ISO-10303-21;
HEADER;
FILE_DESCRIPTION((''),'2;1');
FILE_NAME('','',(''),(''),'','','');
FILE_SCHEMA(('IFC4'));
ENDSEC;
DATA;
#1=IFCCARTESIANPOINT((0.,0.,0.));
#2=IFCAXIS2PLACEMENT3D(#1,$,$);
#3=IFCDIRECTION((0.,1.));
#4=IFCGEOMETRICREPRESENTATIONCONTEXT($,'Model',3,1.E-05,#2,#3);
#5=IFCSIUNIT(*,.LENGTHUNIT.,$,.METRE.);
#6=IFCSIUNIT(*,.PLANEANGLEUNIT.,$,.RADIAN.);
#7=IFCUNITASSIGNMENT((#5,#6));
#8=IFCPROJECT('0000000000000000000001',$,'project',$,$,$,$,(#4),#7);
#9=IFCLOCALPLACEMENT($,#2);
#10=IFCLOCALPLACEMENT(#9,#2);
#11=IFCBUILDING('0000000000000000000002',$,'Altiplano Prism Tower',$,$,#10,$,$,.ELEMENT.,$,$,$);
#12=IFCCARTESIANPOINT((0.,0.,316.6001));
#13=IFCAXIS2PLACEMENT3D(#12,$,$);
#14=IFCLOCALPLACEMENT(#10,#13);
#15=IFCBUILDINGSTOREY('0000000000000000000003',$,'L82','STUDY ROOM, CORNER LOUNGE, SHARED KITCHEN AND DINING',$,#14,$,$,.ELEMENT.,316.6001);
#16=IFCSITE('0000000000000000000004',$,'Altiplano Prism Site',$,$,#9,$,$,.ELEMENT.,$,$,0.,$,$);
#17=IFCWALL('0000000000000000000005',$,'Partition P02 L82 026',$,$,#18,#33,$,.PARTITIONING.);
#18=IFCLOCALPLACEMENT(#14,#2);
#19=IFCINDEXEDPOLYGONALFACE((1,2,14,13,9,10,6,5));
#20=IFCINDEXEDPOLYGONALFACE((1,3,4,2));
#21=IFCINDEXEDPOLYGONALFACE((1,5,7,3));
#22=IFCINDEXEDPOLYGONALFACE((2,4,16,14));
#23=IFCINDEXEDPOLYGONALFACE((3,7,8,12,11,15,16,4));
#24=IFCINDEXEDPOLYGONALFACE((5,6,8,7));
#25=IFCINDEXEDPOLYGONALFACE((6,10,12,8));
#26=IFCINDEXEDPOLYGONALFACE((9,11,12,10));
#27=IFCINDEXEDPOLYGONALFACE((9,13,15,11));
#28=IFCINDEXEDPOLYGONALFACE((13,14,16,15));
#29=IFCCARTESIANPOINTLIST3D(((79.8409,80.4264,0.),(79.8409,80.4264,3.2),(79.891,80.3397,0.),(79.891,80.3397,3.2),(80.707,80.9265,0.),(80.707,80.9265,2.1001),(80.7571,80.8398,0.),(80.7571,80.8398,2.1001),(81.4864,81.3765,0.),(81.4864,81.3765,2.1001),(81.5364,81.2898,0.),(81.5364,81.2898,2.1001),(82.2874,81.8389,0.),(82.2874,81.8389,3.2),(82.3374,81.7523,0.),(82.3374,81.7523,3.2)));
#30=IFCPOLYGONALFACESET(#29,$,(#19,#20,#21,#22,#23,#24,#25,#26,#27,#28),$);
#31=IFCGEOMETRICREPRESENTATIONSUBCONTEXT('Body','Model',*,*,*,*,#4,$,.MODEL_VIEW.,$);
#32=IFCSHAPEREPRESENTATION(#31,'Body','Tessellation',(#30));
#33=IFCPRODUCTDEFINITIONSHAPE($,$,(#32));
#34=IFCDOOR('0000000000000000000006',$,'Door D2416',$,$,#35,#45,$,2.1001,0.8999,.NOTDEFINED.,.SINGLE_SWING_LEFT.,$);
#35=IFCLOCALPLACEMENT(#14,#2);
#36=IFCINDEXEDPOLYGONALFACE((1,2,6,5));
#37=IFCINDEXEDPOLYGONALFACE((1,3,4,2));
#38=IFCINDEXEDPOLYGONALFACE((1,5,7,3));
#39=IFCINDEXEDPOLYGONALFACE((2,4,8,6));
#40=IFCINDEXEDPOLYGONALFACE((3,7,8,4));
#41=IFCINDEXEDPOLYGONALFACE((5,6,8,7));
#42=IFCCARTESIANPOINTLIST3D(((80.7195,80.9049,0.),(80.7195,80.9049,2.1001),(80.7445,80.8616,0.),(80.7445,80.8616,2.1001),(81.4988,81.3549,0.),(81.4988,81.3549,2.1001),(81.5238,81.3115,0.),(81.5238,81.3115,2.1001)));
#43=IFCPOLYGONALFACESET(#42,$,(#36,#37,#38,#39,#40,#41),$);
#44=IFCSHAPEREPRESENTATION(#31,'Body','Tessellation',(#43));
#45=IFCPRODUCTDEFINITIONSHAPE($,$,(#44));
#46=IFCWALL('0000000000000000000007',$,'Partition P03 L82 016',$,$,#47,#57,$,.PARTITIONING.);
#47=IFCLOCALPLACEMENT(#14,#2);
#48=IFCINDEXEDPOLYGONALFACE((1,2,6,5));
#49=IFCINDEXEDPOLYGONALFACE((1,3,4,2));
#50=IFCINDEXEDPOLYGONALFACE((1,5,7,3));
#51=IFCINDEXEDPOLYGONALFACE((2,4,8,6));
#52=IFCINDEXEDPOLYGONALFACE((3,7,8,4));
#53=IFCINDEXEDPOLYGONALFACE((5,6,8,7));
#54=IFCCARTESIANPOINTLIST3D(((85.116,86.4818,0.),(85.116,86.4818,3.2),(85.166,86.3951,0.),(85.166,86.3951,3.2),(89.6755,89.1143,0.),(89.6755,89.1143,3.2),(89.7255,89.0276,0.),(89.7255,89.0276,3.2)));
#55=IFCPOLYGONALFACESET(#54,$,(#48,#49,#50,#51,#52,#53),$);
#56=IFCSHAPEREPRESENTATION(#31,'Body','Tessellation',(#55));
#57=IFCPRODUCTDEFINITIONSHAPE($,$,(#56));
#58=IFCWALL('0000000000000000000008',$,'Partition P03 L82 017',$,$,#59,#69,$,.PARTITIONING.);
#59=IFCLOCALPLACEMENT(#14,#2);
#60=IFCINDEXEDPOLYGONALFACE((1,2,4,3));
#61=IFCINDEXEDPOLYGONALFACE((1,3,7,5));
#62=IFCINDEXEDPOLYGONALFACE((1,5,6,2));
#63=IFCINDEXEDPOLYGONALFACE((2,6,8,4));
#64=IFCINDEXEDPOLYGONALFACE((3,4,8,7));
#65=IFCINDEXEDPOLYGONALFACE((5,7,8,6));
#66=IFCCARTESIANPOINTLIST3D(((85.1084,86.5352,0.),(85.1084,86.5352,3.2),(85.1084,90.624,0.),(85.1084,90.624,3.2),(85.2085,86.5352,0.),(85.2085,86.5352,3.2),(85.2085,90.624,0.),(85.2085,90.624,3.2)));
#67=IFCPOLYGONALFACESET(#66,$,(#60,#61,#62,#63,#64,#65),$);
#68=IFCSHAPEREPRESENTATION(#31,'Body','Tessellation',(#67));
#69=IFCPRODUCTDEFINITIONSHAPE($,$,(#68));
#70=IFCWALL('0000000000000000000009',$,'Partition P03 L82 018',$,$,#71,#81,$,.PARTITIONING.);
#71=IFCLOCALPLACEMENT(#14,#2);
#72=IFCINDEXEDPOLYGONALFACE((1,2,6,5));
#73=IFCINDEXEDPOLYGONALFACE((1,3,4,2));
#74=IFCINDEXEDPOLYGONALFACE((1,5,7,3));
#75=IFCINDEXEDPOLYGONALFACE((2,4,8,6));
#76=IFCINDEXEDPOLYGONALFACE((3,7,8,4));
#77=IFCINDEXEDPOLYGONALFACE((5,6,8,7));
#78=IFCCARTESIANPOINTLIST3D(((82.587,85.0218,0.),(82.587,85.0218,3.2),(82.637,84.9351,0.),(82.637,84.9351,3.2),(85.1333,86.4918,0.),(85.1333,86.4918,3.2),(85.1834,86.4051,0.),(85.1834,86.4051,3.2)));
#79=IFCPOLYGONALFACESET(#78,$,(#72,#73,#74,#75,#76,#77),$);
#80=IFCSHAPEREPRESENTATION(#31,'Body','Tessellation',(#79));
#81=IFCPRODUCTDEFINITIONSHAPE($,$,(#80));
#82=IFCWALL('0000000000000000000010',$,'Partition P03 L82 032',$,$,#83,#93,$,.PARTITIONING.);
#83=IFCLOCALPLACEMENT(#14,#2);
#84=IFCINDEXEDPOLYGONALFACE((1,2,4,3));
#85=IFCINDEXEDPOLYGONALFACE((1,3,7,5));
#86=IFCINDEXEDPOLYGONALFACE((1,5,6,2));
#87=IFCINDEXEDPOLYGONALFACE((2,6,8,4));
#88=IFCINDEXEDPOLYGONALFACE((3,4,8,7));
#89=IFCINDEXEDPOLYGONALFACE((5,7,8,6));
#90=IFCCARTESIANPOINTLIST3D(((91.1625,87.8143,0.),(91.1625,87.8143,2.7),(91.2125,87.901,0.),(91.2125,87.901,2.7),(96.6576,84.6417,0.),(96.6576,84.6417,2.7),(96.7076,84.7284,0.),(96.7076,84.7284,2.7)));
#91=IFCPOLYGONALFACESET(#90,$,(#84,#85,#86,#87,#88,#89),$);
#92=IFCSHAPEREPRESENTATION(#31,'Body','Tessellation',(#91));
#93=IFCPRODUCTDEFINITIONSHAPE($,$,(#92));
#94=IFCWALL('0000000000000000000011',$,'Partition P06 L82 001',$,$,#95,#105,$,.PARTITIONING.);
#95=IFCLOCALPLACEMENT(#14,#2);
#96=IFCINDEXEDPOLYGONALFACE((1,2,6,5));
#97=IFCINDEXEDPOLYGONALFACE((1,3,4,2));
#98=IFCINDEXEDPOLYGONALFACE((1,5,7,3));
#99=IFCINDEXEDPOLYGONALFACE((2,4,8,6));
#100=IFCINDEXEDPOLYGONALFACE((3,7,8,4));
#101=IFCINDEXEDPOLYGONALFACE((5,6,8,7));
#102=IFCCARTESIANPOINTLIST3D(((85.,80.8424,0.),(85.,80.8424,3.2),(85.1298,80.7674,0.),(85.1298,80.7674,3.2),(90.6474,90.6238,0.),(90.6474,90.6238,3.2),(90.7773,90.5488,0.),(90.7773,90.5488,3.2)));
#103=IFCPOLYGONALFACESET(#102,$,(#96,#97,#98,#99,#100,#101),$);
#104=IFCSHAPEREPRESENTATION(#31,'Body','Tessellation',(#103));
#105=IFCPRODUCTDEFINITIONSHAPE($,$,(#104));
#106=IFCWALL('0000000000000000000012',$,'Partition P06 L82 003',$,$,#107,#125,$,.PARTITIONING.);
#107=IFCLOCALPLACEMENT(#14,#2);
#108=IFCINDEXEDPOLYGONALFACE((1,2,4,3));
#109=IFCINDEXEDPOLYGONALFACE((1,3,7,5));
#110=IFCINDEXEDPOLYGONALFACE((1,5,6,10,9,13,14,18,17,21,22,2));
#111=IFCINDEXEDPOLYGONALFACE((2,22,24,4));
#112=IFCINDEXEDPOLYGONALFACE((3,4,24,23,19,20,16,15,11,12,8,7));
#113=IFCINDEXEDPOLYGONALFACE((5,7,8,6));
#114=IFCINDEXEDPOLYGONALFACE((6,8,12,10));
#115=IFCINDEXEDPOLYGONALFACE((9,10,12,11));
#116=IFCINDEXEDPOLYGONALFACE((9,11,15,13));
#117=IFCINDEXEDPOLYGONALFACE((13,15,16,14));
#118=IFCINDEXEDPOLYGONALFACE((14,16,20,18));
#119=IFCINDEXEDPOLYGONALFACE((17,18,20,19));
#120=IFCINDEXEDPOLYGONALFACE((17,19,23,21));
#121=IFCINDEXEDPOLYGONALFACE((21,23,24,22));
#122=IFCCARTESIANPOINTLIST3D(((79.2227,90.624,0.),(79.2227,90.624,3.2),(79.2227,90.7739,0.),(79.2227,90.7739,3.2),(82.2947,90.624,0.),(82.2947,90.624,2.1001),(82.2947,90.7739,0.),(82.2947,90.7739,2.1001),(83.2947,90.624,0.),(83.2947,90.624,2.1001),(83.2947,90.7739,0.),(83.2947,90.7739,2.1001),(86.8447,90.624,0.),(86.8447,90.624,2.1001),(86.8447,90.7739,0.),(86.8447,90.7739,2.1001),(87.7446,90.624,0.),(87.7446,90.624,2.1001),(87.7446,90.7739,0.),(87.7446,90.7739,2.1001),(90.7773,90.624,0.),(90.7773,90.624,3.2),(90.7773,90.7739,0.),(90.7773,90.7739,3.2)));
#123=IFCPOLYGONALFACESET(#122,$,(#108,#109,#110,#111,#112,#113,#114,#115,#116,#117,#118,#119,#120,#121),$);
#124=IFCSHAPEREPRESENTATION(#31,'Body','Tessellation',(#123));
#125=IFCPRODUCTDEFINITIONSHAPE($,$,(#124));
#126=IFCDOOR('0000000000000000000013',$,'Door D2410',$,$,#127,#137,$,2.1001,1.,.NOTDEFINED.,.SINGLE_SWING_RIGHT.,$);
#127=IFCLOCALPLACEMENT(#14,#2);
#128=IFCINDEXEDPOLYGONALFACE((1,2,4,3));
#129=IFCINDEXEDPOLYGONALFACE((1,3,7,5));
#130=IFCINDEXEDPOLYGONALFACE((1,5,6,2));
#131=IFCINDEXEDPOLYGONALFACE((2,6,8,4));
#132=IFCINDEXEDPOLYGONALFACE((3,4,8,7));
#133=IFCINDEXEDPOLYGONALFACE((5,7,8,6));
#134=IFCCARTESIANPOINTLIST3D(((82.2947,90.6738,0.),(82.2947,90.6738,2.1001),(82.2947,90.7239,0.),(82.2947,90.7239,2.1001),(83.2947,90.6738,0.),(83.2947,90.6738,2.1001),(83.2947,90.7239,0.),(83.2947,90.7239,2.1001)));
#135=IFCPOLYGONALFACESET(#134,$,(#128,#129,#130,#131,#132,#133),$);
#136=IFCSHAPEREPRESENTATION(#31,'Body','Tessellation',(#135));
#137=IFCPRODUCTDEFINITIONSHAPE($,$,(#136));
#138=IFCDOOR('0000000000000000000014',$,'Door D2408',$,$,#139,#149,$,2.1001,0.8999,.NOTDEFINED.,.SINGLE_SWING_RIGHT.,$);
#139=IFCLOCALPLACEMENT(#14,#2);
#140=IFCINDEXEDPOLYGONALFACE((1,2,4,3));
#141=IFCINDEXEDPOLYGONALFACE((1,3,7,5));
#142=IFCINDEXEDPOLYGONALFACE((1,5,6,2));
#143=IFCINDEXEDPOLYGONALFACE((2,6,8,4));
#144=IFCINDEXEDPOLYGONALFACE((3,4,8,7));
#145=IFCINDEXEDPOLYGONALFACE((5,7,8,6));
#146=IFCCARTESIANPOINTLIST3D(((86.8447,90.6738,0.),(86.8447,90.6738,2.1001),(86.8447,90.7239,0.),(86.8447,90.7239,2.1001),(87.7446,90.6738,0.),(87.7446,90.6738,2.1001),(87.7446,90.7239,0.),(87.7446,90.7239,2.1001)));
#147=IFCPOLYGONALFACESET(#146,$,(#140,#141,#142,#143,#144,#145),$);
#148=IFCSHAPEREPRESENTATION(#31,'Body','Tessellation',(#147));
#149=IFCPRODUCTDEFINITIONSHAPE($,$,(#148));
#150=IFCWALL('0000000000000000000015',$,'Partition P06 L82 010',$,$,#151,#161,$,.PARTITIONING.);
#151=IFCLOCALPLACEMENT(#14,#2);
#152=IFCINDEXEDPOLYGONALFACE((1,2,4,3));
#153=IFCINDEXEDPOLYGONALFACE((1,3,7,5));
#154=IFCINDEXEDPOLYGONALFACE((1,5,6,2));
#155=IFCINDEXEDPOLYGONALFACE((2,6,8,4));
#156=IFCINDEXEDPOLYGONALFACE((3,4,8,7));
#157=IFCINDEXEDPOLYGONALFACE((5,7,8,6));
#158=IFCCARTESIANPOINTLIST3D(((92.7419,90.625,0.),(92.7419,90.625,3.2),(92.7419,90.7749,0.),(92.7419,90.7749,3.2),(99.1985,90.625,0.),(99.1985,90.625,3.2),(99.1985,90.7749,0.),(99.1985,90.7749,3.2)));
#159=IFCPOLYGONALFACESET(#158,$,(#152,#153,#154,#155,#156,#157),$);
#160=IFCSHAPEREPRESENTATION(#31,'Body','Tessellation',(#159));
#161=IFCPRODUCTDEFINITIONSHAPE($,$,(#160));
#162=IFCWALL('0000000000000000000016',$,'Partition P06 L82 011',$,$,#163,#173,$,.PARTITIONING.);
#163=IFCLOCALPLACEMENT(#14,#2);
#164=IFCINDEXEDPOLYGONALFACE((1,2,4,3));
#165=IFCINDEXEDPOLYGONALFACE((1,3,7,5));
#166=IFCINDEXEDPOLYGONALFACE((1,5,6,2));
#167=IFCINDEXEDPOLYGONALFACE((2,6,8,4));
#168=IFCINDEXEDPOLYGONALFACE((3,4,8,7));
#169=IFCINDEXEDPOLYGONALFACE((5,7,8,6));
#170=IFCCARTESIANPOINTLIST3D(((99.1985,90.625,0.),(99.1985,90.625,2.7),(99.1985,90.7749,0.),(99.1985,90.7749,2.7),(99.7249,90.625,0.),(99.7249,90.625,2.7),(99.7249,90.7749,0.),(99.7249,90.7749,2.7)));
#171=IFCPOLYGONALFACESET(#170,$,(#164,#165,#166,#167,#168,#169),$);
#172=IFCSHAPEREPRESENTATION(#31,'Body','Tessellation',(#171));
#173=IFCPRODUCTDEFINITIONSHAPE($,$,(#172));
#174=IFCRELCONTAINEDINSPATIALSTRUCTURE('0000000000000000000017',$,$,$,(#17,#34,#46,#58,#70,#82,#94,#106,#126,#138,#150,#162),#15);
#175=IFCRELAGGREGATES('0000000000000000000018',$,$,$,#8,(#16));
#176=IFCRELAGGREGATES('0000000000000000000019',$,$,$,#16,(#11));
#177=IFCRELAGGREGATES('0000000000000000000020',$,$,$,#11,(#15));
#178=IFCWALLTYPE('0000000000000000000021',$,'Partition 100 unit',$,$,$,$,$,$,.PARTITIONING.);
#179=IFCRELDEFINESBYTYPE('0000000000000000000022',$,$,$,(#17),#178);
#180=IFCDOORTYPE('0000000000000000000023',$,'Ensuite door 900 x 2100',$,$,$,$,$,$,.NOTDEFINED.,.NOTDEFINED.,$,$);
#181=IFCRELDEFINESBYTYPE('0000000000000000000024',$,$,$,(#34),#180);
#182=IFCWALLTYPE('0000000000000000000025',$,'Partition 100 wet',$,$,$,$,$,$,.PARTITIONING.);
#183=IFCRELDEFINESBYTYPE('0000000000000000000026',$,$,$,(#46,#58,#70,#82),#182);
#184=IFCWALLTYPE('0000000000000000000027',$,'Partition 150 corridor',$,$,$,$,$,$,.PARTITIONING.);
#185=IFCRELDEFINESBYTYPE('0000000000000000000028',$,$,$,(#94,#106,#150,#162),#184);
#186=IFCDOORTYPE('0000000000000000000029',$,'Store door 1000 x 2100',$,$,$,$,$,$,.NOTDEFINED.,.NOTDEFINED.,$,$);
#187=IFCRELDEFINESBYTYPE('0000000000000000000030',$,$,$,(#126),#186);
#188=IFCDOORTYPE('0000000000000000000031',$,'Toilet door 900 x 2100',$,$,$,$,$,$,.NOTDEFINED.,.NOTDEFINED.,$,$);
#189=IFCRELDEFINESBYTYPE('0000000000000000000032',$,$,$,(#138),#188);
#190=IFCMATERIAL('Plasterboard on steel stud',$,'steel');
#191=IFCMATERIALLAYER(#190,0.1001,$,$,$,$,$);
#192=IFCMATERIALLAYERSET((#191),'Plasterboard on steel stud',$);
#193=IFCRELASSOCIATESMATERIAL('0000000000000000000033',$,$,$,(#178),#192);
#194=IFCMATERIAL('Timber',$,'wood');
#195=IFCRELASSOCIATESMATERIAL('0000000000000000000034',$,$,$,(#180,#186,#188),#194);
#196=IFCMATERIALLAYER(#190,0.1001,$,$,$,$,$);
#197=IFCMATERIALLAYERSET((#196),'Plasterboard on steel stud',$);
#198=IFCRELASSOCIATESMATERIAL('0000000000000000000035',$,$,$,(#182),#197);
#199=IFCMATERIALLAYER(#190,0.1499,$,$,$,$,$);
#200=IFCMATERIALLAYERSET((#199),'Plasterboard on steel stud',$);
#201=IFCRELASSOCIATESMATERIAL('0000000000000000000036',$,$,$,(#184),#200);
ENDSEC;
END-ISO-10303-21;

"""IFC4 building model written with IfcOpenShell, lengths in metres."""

from ifc_helpers import new_model, si_unit, direction, frame, frame_2d, origin, place, context, subcontext, project, spatial, rectangle, extrude, material, layer, layer_set, type_object, element, fill, save


model = new_model("IFC4")

# Units and contexts
model_context = context("Model", 3, precision=1e-05, world=origin(), true_north=direction((0.0, 1.0)))
body_context = subcontext(model_context, "Body", "Model", "MODEL_VIEW")
ifc_project = project(units=[si_unit("LENGTHUNIT", "METRE"), si_unit("PLANEANGLEUNIT", "RADIAN")], contexts=[model_context])

# Site, building, storey
site_placement = place(None, origin())
site = spatial("IfcSite", under=ifc_project, at=site_placement, Name="Altiplano Prism Site", CompositionType="ELEMENT", RefElevation=0.0)
building_placement = place(site_placement, origin())
building = spatial("IfcBuilding", under=site, at=building_placement, Name="Altiplano Prism Tower", CompositionType="ELEMENT")
storey_placement = place(building_placement, frame((0.0, 0.0, 316.6001)))
storey = spatial("IfcBuildingStorey", under=building, at=storey_placement, Name="L82", Description="STUDY ROOM, CORNER LOUNGE, SHARED KITCHEN AND DINING", CompositionType="ELEMENT", Elevation=316.6001)

# Wall, opening, door
ifc_material_1 = material(Name="Plasterboard on steel stud", Category="steel")
ifc_layer_1 = layer(ifc_material_1, 0.1001)
ifc_layer_set_1 = layer_set([ifc_layer_1], Name="Plasterboard on steel stud")
wall_type_1 = type_object("IfcWallType", Name="Partition 100 unit", PredefinedType="PARTITIONING", material=ifc_layer_set_1)
wall_1_placement = place(storey_placement, frame((82.3125, 81.7957, 0.0), z_axis=(0.0, 0.0, 1.0), x_axis=(-0.866011, -0.500024, 0.0)))
wall_1 = element("IfcWall", 1, at=wall_1_placement, inside=storey, type_object=wall_type_1, Name="Partition P02 L82 026", PredefinedType="PARTITIONING", context=body_context, shape_type="SweptSolid", body=[
    extrude(rectangle(XDim=2.825, YDim=0.1001, at=frame_2d((1.4126, 0.0))), origin(), (0.0, 0.0, 1.0), 3.2),
])
opening_1_placement = place(wall_1_placement, frame((0.925, 0.0, 0.0)))
opening_1 = element("IfcOpeningElement", 2, at=opening_1_placement, cuts=wall_1, PredefinedType="OPENING", context=body_context, shape_type="SweptSolid", body=[
    extrude(rectangle(XDim=0.8999, YDim=2.1001, at=frame_2d((0.45, 1.05))), frame((0.0, 0.0605, 0.0), z_axis=(0.0, -1.0, 0.0), x_axis=(1.0, 0.0, 0.0)), (0.0, 0.0, 1.0), 0.1211),
])
ifc_material_2 = material(Name="Timber", Category="wood")
door_type_1 = type_object("IfcDoorType", Name="Ensuite door 900 x 2100", OperationType="NOTDEFINED", PredefinedType="NOTDEFINED", material=ifc_material_2)
door_1_placement = place(opening_1_placement, origin())
door_1 = element("IfcDoor", 3, at=door_1_placement, inside=storey, type_object=door_type_1, Name="Door D2416", OperationType="SINGLE_SWING_LEFT", OverallHeight=2.1001, OverallWidth=0.8999, PredefinedType="NOTDEFINED", context=body_context, shape_type="SweptSolid", body=[
    extrude(rectangle(XDim=0.8999, YDim=2.1001, at=frame_2d((0.45, 1.05))), frame((0.0, 0.0249, 0.0), z_axis=(0.0, -1.0, 0.0), x_axis=(1.0, 0.0, 0.0)), (0.0, 0.0, 1.0), 0.05),
])
fill(opening_1, door_1)

# Walls
ifc_layer_2 = layer(ifc_material_1, 0.1001)
ifc_layer_set_2 = layer_set([ifc_layer_2], Name="Plasterboard on steel stud")
wall_type_2 = type_object("IfcWallType", Name="Partition 100 wet", PredefinedType="PARTITIONING", material=ifc_layer_set_2)
wall_2_placement = place(storey_placement, frame((85.1411, 86.4385, 0.0), z_axis=(0.0, 0.0, 1.0), x_axis=(0.866017, 0.500014, 0.0)))
element("IfcWall", 4, at=wall_2_placement, inside=storey, type_object=wall_type_2, Name="Partition P03 L82 016", PredefinedType="PARTITIONING", context=body_context, shape_type="SweptSolid", body=[
    extrude(rectangle(XDim=5.2649, YDim=0.1001, at=frame_2d((2.6323, 0.0))), origin(), (0.0, 0.0, 1.0), 3.2),
])
wall_3_placement = place(storey_placement, frame((85.1584, 90.624, 0.0), z_axis=(0.0, 0.0, 1.0), x_axis=(0.0, -1.0, 0.0)))
element("IfcWall", 5, at=wall_3_placement, inside=storey, type_object=wall_type_2, Name="Partition P03 L82 017", PredefinedType="PARTITIONING", context=body_context, shape_type="SweptSolid", body=[
    extrude(rectangle(XDim=4.0889, YDim=0.1001, at=frame_2d((2.0444, 0.0))), origin(), (0.0, 0.0, 1.0), 3.2),
])
wall_4_placement = place(storey_placement, frame((85.1584, 86.4485, 0.0), z_axis=(0.0, 0.0, 1.0), x_axis=(-0.866053, -0.499952, 0.0)))
element("IfcWall", 6, at=wall_4_placement, inside=storey, type_object=wall_type_2, Name="Partition P03 L82 018", PredefinedType="PARTITIONING", context=body_context, shape_type="SweptSolid", body=[
    extrude(rectangle(XDim=2.9402, YDim=0.1001, at=frame_2d((1.4702, 0.0))), origin(), (0.0, 0.0, 1.0), 3.2),
])
wall_5_placement = place(storey_placement, frame((96.6826, 84.6851, 0.0), z_axis=(0.0, 0.0, 1.0), x_axis=(-0.866025, 0.5, 0.0)))
element("IfcWall", 7, at=wall_5_placement, inside=storey, type_object=wall_type_2, Name="Partition P03 L82 032", PredefinedType="PARTITIONING", context=body_context, shape_type="SweptSolid", body=[
    extrude(rectangle(XDim=6.3452, YDim=0.1001, at=frame_2d((3.1726, 0.0))), origin(), (0.0, 0.0, 1.0), 2.7),
])
ifc_layer_3 = layer(ifc_material_1, 0.1499)
ifc_layer_set_3 = layer_set([ifc_layer_3], Name="Plasterboard on steel stud")
wall_type_3 = type_object("IfcWallType", Name="Partition 150 corridor", PredefinedType="PARTITIONING", material=ifc_layer_set_3)
wall_6_placement = place(storey_placement, frame((90.7124, 90.5864, 0.0), z_axis=(0.0, 0.0, 1.0), x_axis=(-0.500007, -0.866021, 0.0)))
element("IfcWall", 8, at=wall_6_placement, inside=storey, type_object=wall_type_3, Name="Partition P06 L82 001", PredefinedType="PARTITIONING", context=body_context, shape_type="SweptSolid", body=[
    extrude(rectangle(XDim=11.2947, YDim=0.1499, at=frame_2d((5.6475, 0.0))), origin(), (0.0, 0.0, 1.0), 3.2),
])

# Wall, openings, doors
wall_7_placement = place(storey_placement, frame((79.2227, 90.699, 0.0), z_axis=(0.0, 0.0, 1.0), x_axis=(1.0, 0.0, 0.0)))
wall_7 = element("IfcWall", 9, at=wall_7_placement, inside=storey, type_object=wall_type_3, Name="Partition P06 L82 003", PredefinedType="PARTITIONING", context=body_context, shape_type="SweptSolid", body=[
    extrude(rectangle(XDim=11.5547, YDim=0.1499, at=frame_2d((5.7773, 0.0))), origin(), (0.0, 0.0, 1.0), 3.2),
])
opening_2_placement = place(wall_7_placement, frame((7.6221, 0.0, 0.0)))
opening_2 = element("IfcOpeningElement", 10, at=opening_2_placement, cuts=wall_7, PredefinedType="OPENING", context=body_context, shape_type="SweptSolid", body=[
    extrude(rectangle(XDim=0.8999, YDim=2.1001, at=frame_2d((0.45, 1.05))), frame((0.0, 0.0854, 0.0), z_axis=(0.0, -1.0, 0.0), x_axis=(1.0, 0.0, 0.0)), (0.0, 0.0, 1.0), 0.1709),
])
opening_3_placement = place(wall_7_placement, frame((3.072, 0.0, 0.0)))
opening_3 = element("IfcOpeningElement", 11, at=opening_3_placement, cuts=wall_7, PredefinedType="OPENING", context=body_context, shape_type="SweptSolid", body=[
    extrude(rectangle(XDim=1.0, YDim=2.1001, at=frame_2d((0.5, 1.05))), frame((0.0, 0.0854, 0.0), z_axis=(0.0, -1.0, 0.0), x_axis=(1.0, 0.0, 0.0)), (0.0, 0.0, 1.0), 0.1709),
])
door_type_2 = type_object("IfcDoorType", Name="Store door 1000 x 2100", OperationType="NOTDEFINED", PredefinedType="NOTDEFINED", material=ifc_material_2)
door_2_placement = place(opening_3_placement, origin())
door_2 = element("IfcDoor", 12, at=door_2_placement, inside=storey, type_object=door_type_2, Name="Door D2410", OperationType="SINGLE_SWING_RIGHT", OverallHeight=2.1001, OverallWidth=1.0, PredefinedType="NOTDEFINED", context=body_context, shape_type="SweptSolid", body=[
    extrude(rectangle(XDim=1.0, YDim=2.1001, at=frame_2d((0.5, 1.05))), frame((0.0, 0.0249, 0.0), z_axis=(0.0, -1.0, 0.0), x_axis=(1.0, 0.0, 0.0)), (0.0, 0.0, 1.0), 0.05),
])
fill(opening_3, door_2)
door_type_3 = type_object("IfcDoorType", Name="Toilet door 900 x 2100", OperationType="NOTDEFINED", PredefinedType="NOTDEFINED", material=ifc_material_2)
door_3_placement = place(opening_2_placement, origin())
door_3 = element("IfcDoor", 13, at=door_3_placement, inside=storey, type_object=door_type_3, Name="Door D2408", OperationType="SINGLE_SWING_RIGHT", OverallHeight=2.1001, OverallWidth=0.8999, PredefinedType="NOTDEFINED", context=body_context, shape_type="SweptSolid", body=[
    extrude(rectangle(XDim=0.8999, YDim=2.1001, at=frame_2d((0.45, 1.05))), frame((0.0, 0.0249, 0.0), z_axis=(0.0, -1.0, 0.0), x_axis=(1.0, 0.0, 0.0)), (0.0, 0.0, 1.0), 0.05),
])
fill(opening_2, door_3)

# Walls
wall_8_placement = place(storey_placement, frame((92.7419, 90.7, 0.0), z_axis=(0.0, 0.0, 1.0), x_axis=(1.0, 0.0, 0.0)))
element("IfcWall", 14, at=wall_8_placement, inside=storey, type_object=wall_type_3, Name="Partition P06 L82 010", PredefinedType="PARTITIONING", context=body_context, shape_type="SweptSolid", body=[
    extrude(rectangle(XDim=6.4565, YDim=0.1499, at=frame_2d((3.2283, 0.0))), origin(), (0.0, 0.0, 1.0), 3.2),
])
wall_9_placement = place(storey_placement, frame((99.1985, 90.7, 0.0), z_axis=(0.0, 0.0, 1.0), x_axis=(1.0, 0.0, 0.0)))
element("IfcWall", 15, at=wall_9_placement, inside=storey, type_object=wall_type_3, Name="Partition P06 L82 011", PredefinedType="PARTITIONING", context=body_context, shape_type="SweptSolid", body=[
    extrude(rectangle(XDim=0.5264, YDim=0.1499, at=frame_2d((0.2632, 0.0))), origin(), (0.0, 0.0, 1.0), 2.7),
])

save(model, "model.ifc")
